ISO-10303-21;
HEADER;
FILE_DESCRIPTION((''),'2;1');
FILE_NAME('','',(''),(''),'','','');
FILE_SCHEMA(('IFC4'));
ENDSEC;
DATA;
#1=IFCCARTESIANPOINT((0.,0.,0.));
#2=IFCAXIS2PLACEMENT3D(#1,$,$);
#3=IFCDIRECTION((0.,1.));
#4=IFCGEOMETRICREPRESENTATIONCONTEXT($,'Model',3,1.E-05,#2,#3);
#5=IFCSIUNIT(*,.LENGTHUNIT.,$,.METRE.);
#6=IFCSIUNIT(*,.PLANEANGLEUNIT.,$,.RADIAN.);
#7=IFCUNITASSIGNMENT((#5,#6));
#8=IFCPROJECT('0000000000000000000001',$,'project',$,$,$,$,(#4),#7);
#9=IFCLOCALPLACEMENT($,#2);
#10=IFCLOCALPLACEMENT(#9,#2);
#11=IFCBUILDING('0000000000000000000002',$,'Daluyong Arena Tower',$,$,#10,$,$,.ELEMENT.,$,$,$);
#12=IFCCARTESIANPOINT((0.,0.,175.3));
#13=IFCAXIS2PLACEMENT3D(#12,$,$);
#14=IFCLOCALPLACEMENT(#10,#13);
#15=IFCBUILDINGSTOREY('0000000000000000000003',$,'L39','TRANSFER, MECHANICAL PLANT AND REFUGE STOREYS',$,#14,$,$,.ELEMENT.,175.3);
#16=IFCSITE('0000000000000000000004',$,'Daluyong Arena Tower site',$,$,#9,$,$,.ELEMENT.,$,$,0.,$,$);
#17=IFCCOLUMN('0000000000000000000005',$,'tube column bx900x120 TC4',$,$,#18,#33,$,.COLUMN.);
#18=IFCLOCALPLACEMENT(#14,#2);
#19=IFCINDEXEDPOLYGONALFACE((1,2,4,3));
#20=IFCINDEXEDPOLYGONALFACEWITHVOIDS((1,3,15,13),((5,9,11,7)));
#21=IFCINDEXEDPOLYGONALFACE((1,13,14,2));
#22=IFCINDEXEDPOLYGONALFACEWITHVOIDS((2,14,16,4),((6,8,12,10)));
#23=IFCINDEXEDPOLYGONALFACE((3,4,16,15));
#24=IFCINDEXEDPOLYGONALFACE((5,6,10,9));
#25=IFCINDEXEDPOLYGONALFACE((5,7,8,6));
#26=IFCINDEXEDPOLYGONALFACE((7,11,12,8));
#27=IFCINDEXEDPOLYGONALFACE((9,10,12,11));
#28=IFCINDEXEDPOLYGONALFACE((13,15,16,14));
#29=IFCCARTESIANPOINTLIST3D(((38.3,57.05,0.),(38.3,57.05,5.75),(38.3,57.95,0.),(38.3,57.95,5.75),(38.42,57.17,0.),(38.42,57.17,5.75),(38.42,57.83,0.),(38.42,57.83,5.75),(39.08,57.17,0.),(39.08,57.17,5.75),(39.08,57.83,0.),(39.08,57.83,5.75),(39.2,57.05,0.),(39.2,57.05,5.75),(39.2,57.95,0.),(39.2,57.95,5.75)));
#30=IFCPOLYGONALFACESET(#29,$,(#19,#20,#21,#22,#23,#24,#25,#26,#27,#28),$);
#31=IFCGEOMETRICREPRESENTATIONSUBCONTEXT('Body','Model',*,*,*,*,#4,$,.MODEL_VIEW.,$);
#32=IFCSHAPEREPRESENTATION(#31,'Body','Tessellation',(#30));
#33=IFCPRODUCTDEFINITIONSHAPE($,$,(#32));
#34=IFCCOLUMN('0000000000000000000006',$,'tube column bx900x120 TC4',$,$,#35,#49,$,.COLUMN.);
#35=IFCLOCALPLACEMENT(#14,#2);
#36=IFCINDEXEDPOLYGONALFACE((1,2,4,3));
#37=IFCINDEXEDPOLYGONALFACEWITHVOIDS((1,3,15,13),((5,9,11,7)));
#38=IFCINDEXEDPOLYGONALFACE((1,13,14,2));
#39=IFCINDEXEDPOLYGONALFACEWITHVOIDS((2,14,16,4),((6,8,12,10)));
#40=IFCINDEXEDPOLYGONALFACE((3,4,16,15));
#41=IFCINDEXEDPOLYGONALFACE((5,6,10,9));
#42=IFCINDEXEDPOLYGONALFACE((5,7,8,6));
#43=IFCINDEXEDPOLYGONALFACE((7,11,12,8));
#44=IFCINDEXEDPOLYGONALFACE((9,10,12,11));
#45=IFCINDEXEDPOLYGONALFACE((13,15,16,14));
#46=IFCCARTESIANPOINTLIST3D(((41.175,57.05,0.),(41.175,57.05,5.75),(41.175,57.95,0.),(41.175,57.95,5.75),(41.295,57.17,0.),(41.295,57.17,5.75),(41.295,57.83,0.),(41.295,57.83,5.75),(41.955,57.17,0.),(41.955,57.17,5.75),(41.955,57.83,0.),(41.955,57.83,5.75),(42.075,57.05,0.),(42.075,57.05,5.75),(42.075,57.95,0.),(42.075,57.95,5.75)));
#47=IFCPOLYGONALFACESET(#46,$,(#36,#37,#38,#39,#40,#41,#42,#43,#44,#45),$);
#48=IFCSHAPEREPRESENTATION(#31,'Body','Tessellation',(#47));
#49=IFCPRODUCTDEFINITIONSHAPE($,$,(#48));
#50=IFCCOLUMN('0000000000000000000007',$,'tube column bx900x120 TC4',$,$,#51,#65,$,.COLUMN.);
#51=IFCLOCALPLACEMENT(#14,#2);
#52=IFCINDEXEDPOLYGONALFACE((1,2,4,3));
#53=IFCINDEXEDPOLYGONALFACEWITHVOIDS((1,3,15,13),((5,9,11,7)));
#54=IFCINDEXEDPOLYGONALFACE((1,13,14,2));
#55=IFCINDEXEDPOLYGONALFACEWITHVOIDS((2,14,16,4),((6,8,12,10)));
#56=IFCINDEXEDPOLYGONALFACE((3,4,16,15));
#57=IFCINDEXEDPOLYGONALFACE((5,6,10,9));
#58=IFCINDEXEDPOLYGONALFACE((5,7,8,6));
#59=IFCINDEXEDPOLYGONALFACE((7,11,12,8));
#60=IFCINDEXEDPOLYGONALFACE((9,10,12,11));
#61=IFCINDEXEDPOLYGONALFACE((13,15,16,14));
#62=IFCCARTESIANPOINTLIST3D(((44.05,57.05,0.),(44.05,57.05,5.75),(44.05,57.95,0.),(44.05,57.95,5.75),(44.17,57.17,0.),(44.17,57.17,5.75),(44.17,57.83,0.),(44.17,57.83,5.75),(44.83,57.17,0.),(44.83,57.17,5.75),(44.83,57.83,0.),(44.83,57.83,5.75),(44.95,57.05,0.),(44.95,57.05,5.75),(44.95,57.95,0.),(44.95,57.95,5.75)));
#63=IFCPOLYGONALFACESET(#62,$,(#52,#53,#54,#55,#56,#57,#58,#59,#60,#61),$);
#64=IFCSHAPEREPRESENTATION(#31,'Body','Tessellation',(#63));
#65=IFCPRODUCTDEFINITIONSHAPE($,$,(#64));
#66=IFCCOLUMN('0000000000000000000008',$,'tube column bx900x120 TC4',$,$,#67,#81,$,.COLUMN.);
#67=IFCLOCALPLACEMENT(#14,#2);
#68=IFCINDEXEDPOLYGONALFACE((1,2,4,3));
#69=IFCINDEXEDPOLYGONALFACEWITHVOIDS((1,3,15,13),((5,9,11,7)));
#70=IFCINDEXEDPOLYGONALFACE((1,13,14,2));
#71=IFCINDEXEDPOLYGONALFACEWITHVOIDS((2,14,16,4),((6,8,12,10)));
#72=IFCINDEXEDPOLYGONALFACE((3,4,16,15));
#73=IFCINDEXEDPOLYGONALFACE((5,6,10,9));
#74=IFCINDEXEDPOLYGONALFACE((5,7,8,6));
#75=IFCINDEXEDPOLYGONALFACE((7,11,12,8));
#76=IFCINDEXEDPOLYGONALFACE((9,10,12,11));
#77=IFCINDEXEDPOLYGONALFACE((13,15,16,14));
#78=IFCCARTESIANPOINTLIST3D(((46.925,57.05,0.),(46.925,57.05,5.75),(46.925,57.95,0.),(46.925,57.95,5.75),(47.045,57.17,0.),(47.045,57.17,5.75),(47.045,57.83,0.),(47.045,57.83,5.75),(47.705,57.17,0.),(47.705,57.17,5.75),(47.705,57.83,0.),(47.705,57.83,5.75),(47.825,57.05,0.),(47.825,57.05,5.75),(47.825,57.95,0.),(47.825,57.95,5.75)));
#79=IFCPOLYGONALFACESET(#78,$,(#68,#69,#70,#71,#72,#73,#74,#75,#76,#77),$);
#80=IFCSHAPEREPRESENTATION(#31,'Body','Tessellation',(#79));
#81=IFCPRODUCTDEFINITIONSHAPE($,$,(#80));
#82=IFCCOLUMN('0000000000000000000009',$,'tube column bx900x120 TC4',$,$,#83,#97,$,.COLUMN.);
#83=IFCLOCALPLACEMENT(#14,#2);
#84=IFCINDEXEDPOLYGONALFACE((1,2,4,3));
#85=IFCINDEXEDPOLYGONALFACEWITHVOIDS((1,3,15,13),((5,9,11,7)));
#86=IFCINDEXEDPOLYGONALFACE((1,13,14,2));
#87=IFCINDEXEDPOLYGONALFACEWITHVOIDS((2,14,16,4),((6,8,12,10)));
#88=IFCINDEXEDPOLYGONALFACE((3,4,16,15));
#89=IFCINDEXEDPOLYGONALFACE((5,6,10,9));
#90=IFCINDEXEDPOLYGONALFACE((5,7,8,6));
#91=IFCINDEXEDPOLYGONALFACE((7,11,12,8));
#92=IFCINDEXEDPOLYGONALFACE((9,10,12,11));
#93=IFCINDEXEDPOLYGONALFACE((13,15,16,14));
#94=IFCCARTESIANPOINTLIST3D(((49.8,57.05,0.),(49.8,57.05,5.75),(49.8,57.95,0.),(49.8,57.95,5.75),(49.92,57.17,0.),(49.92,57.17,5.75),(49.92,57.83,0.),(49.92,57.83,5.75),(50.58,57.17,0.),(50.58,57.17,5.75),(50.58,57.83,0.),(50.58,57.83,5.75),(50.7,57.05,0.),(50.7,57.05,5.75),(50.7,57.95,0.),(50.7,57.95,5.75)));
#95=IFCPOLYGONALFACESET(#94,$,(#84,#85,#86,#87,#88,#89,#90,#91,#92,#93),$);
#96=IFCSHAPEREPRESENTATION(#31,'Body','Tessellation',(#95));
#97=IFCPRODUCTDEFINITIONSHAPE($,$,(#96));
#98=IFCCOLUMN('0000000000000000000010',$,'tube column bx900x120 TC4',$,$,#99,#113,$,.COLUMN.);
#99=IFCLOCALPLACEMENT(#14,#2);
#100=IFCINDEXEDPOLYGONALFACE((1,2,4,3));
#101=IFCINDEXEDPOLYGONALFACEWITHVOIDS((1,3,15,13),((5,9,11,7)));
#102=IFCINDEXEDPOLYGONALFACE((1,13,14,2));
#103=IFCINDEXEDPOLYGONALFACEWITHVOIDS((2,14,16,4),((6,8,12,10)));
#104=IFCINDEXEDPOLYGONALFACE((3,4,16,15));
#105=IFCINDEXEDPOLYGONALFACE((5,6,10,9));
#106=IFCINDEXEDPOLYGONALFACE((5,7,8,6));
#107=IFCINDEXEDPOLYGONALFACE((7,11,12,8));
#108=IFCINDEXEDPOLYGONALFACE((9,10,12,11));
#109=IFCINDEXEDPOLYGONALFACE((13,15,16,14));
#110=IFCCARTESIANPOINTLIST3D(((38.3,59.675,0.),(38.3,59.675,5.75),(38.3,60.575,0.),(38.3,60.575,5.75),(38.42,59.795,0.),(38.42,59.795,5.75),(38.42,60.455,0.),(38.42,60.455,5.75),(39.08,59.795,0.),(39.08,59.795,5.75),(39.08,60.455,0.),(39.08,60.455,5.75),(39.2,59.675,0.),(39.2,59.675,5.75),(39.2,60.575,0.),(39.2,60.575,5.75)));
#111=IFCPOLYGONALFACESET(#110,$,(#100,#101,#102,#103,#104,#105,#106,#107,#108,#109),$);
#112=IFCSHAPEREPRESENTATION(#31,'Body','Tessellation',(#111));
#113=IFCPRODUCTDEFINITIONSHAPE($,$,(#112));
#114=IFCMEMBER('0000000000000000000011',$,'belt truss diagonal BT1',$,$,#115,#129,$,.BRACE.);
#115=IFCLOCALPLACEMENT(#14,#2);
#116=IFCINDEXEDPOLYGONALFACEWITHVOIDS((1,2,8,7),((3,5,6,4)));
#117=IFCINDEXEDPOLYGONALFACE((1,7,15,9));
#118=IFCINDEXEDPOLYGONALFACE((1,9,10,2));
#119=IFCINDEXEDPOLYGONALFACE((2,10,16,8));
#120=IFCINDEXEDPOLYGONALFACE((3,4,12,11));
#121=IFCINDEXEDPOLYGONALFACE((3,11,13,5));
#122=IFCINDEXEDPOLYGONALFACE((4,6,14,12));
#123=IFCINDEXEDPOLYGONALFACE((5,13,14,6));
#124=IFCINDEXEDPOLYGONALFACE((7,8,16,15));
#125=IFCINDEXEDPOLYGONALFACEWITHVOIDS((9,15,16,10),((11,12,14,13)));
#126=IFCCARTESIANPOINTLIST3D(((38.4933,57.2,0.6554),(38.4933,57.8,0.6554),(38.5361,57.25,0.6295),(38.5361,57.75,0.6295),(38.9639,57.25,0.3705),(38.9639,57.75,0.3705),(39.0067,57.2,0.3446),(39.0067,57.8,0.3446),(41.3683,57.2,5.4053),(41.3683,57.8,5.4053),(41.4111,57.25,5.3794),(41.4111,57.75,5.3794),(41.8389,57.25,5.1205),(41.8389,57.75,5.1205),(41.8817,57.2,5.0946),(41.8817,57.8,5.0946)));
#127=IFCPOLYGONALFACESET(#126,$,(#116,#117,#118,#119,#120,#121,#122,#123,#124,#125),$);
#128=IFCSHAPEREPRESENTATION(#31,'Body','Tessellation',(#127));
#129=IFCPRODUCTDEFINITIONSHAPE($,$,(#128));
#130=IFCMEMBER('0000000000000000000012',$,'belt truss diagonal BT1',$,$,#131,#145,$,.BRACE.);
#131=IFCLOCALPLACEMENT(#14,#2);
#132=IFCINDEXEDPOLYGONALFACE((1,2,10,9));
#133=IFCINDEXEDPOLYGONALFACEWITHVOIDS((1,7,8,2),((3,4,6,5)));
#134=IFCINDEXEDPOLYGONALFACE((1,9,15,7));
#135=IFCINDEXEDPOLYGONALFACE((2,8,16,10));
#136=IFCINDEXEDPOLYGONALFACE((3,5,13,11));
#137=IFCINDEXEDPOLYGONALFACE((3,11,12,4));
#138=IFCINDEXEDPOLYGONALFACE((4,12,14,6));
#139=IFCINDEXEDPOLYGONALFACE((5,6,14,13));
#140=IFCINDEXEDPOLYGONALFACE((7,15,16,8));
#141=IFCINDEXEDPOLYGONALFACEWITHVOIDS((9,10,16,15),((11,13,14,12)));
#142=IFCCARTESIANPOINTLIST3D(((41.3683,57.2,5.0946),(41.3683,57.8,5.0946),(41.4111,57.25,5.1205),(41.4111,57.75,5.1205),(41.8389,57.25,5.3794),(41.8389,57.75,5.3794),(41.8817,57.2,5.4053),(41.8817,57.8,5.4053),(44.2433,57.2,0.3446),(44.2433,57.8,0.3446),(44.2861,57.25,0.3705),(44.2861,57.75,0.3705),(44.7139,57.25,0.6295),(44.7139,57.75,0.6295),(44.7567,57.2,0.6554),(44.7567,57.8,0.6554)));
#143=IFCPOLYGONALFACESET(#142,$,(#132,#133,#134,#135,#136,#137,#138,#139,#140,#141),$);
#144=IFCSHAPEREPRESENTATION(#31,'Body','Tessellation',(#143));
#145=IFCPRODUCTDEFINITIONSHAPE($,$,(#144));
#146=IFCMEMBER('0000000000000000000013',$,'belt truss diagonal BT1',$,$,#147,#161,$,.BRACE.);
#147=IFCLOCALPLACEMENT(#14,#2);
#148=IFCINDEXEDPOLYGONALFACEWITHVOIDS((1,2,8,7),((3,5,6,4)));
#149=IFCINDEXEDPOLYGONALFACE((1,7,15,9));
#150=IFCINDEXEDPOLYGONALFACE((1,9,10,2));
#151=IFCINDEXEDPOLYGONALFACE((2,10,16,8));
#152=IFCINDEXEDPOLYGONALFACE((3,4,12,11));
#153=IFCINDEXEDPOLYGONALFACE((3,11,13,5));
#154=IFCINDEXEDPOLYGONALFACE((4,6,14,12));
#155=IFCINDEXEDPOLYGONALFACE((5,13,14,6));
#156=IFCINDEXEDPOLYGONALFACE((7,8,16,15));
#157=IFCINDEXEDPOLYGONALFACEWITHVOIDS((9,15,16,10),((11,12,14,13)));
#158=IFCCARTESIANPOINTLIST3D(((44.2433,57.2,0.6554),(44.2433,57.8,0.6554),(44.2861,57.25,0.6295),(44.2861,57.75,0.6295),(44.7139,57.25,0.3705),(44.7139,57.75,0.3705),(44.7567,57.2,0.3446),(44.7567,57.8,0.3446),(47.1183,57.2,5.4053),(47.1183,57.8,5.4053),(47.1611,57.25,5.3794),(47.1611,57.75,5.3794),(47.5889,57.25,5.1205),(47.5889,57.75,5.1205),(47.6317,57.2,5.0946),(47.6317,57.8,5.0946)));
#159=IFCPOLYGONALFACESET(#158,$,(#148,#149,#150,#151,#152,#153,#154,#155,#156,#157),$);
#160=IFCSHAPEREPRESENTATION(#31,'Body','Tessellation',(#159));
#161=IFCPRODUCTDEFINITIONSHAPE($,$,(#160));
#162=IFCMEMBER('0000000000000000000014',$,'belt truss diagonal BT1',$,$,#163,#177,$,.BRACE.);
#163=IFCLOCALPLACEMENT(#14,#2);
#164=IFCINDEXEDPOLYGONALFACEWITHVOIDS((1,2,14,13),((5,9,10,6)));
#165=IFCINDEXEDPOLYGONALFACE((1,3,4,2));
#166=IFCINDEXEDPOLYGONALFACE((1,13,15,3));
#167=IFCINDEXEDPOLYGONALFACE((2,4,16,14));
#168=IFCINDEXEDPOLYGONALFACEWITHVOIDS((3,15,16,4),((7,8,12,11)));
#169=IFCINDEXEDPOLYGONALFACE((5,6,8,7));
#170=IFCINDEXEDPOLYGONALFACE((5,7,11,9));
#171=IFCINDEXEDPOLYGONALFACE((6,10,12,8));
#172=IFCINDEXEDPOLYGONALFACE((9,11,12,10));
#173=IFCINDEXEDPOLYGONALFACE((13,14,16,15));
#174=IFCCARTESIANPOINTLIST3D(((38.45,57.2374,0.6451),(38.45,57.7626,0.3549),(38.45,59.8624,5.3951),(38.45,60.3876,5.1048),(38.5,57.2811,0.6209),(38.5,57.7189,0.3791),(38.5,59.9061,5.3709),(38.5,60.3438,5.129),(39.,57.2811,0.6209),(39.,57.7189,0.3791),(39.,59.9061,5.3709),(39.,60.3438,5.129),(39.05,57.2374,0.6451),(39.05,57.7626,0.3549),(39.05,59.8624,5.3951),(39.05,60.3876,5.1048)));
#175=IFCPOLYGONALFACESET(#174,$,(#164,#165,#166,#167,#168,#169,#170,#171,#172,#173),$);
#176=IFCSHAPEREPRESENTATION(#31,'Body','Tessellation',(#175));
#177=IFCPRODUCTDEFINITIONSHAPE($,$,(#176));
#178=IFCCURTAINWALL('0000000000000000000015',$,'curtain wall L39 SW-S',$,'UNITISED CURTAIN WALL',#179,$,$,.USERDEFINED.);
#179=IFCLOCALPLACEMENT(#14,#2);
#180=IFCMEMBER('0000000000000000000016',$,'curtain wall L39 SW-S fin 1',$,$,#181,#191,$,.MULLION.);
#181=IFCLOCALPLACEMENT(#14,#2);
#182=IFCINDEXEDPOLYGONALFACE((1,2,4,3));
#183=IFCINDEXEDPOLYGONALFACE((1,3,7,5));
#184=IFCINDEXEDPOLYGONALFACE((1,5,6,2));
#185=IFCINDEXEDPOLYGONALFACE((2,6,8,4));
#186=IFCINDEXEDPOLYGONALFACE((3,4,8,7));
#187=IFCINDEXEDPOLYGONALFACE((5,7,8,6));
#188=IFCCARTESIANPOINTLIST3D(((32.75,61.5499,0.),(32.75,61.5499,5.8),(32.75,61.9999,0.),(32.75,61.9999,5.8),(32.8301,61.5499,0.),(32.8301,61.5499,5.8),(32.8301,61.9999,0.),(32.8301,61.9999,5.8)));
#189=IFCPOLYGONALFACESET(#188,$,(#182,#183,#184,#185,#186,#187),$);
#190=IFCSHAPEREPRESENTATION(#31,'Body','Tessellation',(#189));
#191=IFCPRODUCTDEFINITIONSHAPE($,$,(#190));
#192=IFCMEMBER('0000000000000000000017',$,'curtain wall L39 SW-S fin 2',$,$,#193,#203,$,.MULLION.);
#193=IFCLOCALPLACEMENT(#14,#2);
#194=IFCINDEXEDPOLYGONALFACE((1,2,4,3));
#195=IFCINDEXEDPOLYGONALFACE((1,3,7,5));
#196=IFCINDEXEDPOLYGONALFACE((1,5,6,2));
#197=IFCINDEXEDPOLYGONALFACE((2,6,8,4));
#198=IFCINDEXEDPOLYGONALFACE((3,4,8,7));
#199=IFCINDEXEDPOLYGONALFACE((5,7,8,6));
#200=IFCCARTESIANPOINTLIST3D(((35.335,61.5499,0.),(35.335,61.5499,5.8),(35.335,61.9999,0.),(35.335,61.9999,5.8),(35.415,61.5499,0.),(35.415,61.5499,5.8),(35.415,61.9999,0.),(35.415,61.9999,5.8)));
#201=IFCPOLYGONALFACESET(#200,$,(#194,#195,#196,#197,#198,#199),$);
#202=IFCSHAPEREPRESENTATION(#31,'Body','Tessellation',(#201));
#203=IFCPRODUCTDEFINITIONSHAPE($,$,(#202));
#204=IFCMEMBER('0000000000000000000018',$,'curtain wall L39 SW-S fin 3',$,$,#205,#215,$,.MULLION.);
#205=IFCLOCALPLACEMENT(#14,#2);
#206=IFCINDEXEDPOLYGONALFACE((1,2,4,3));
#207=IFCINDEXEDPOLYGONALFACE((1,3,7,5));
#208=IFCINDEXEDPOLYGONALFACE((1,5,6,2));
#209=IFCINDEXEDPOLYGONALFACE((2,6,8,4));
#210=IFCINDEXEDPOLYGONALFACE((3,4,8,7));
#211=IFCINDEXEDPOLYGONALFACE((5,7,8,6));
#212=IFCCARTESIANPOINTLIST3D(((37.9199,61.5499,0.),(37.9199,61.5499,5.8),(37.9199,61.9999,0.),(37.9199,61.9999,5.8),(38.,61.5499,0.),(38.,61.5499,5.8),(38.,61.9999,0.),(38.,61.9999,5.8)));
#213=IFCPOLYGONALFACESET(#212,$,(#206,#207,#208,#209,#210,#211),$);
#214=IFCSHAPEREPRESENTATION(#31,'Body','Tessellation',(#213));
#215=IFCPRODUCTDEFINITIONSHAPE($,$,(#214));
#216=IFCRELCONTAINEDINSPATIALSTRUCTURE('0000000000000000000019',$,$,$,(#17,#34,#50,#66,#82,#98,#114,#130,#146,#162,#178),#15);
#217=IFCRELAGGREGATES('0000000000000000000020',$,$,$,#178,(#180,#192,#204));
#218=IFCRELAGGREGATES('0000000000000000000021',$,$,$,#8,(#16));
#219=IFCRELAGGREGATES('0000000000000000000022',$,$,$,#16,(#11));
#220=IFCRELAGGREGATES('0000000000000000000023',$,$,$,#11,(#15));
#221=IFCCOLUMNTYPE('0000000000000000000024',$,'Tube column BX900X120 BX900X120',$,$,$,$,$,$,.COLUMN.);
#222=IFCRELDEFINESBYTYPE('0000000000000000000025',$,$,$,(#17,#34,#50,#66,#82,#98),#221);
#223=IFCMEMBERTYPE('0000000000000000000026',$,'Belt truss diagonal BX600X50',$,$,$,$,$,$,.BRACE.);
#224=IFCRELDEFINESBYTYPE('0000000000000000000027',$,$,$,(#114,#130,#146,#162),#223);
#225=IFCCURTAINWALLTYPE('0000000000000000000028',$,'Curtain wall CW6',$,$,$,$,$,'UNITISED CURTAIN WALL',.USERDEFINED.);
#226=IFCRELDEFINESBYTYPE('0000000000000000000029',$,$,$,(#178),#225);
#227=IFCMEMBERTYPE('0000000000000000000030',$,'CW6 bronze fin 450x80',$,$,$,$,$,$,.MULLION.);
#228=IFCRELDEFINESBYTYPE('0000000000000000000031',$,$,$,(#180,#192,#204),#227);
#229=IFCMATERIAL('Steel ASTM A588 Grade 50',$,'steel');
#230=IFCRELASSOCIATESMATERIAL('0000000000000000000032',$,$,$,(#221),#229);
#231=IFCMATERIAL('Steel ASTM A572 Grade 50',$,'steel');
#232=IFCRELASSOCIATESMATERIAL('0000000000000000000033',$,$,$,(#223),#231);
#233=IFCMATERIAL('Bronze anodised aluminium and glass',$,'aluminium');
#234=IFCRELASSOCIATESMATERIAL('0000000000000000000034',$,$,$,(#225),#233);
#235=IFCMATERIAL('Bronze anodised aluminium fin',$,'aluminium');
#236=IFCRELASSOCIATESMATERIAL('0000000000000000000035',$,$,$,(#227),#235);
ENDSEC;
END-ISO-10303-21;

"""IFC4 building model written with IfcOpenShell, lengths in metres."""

from ifc_helpers import new_model, si_unit, direction, frame, origin, origin_2d, place, context, subcontext, project, spatial, rectangle, hollow_rectangle, extrude, material, material_profile, profile_set, type_object, element, aggregate, save


model = new_model("IFC4")

# Units and contexts
model_context = context("Model", 3, precision=1e-05, world=origin(), true_north=direction((0.0, 1.0)))
body_context = subcontext(model_context, "Body", "Model", "MODEL_VIEW")
ifc_project = project(units=[si_unit("LENGTHUNIT", "METRE"), si_unit("PLANEANGLEUNIT", "RADIAN")], contexts=[model_context])

# Site, building, storey
site_placement = place(None, origin())
site = spatial("IfcSite", under=ifc_project, at=site_placement, Name="Daluyong Arena Tower site", CompositionType="ELEMENT", RefElevation=0.0)
building_placement = place(site_placement, origin())
building = spatial("IfcBuilding", under=site, at=building_placement, Name="Daluyong Arena Tower", CompositionType="ELEMENT")
storey_placement = place(building_placement, frame((0.0, 0.0, 175.3)))
storey = spatial("IfcBuildingStorey", under=building, at=storey_placement, Name="L39", Description="TRANSFER, MECHANICAL PLANT AND REFUGE STOREYS", CompositionType="ELEMENT", Elevation=175.3)

# Columns
ifc_material_1 = material(Name="Steel ASTM A588 Grade 50", Category="steel")
ifc_material_profile_1 = material_profile(ifc_material_1, hollow_rectangle(XDim=0.8999, YDim=0.8999, WallThickness=0.12, at=origin_2d()))
ifc_profile_set_1 = profile_set([ifc_material_profile_1], Name="Steel ASTM A588 Grade 50")
column_type = type_object("IfcColumnType", Name="Tube column BX900X120 BX900X120", PredefinedType="COLUMN", material=ifc_profile_set_1)
for number, where, z_axis, x_axis, name in (
    (1, (38.75, 57.5, 0.0), (0.0, 0.0, 1.0), (1.0, 0.0, 0.0), "tube column bx900x120 TC4"),
    (2, (41.625, 57.5, 0.0), (0.0, 0.0, 1.0), (1.0, 0.0, 0.0), "tube column bx900x120 TC4"),
    (3, (44.5, 57.5, 0.0), (0.0, 0.0, 1.0), (1.0, 0.0, 0.0), "tube column bx900x120 TC4"),
    (4, (47.375, 57.5, 0.0), (0.0, 0.0, 1.0), (1.0, 0.0, 0.0), "tube column bx900x120 TC4"),
    (5, (50.25, 57.5, 0.0), (0.0, 0.0, 1.0), (1.0, 0.0, 0.0), "tube column bx900x120 TC4"),
    (6, (38.75, 60.125, 0.0), (0.0, 0.0, 1.0), (0.0, 1.0, 0.0), "tube column bx900x120 TC4"),
):
    element("IfcColumn", number, at=place(storey_placement, frame(where, z_axis=z_axis, x_axis=x_axis)), inside=storey, type_object=column_type, Name=name, PredefinedType="COLUMN", context=body_context, shape_type="SweptSolid", body=[
        extrude(hollow_rectangle(XDim=0.8999, YDim=0.8999, WallThickness=0.12, at=origin_2d()), origin(), (0.0, 0.0, 1.0), 5.75),
    ])

# Members
ifc_material_2 = material(Name="Steel ASTM A572 Grade 50", Category="steel")
ifc_material_profile_2 = material_profile(ifc_material_2, hollow_rectangle(XDim=0.6001, YDim=0.6001, WallThickness=0.05, at=origin_2d()))
ifc_profile_set_2 = profile_set([ifc_material_profile_2], Name="Steel ASTM A572 Grade 50")
member_type_1 = type_object("IfcMemberType", Name="Belt truss diagonal BX600X50", PredefinedType="BRACE", material=ifc_profile_set_2)
for number, where, z_axis, x_axis, name in (
    (7, (38.75, 57.5, 0.5), (0.517803, 0.0, 0.8555), (0.0, 1.0, 0.0), "belt truss diagonal BT1"),
    (8, (44.5, 57.5, 0.5), (-0.517803, 0.0, 0.8555), (0.0, -1.0, 0.0), "belt truss diagonal BT1"),
    (9, (44.5, 57.5, 0.5), (0.517803, 0.0, 0.8555), (0.0, 1.0, 0.0), "belt truss diagonal BT1"),
):
    element("IfcMember", number, at=place(storey_placement, frame(where, z_axis=z_axis, x_axis=x_axis)), inside=storey, type_object=member_type_1, Name=name, PredefinedType="BRACE", context=body_context, shape_type="SweptSolid", body=[
        extrude(hollow_rectangle(XDim=0.6001, YDim=0.6001, WallThickness=0.05, at=origin_2d()), origin(), (0.0, 0.0, 1.0), 5.5522),
    ])
member_1_placement = place(storey_placement, frame((38.75, 57.5, 0.5), z_axis=(0.0, 0.483686, 0.875242), x_axis=(-1.0, 0.0, 0.0)))
element("IfcMember", 10, at=member_1_placement, inside=storey, type_object=member_type_1, Name="belt truss diagonal BT1", PredefinedType="BRACE", context=body_context, shape_type="SweptSolid", body=[
    extrude(hollow_rectangle(XDim=0.6001, YDim=0.6001, WallThickness=0.05, at=origin_2d()), origin(), (0.0, 0.0, 1.0), 5.427),
])

# Curtain wall, members
ifc_material_3 = material(Name="Bronze anodised aluminium and glass", Category="aluminium")
curtain_wall_type = type_object("IfcCurtainWallType", Name="Curtain wall CW6", ElementType="UNITISED CURTAIN WALL", PredefinedType="USERDEFINED", material=ifc_material_3)
curtain_wall_1_placement = place(storey_placement, origin())
curtain_wall_1 = element("IfcCurtainWall", 11, at=curtain_wall_1_placement, inside=storey, type_object=curtain_wall_type, Name="curtain wall L39 SW-S", ObjectType="UNITISED CURTAIN WALL", PredefinedType="USERDEFINED")
ifc_material_4 = material(Name="Bronze anodised aluminium fin", Category="aluminium")
ifc_material_profile_3 = material_profile(ifc_material_4, rectangle(XDim=0.45, YDim=0.0801, at=origin_2d()))
ifc_profile_set_3 = profile_set([ifc_material_profile_3], Name="Bronze anodised aluminium fin")
member_type_2 = type_object("IfcMemberType", Name="CW6 bronze fin 450x80", PredefinedType="MULLION", material=ifc_profile_set_3)
member_2_placement = place(storey_placement, frame((32.79, 61.7749, 0.0), z_axis=(0.0, 0.0, 1.0), x_axis=(0.0, 1.0, 0.0)))
member_2 = element("IfcMember", 12, at=member_2_placement, type_object=member_type_2, Name="curtain wall L39 SW-S fin 1", PredefinedType="MULLION", context=body_context, shape_type="SweptSolid", body=[
    extrude(rectangle(XDim=0.45, YDim=0.0801, at=origin_2d()), origin(), (0.0, 0.0, 1.0), 5.8),
])
member_3_placement = place(storey_placement, frame((35.375, 61.7749, 0.0), z_axis=(0.0, 0.0, 1.0), x_axis=(0.0, 1.0, 0.0)))
member_3 = element("IfcMember", 13, at=member_3_placement, type_object=member_type_2, Name="curtain wall L39 SW-S fin 2", PredefinedType="MULLION", context=body_context, shape_type="SweptSolid", body=[
    extrude(rectangle(XDim=0.45, YDim=0.0801, at=origin_2d()), origin(), (0.0, 0.0, 1.0), 5.8),
])
member_4_placement = place(storey_placement, frame((37.96, 61.7749, 0.0), z_axis=(0.0, 0.0, 1.0), x_axis=(0.0, 1.0, 0.0)))
member_4 = element("IfcMember", 14, at=member_4_placement, type_object=member_type_2, Name="curtain wall L39 SW-S fin 3", PredefinedType="MULLION", context=body_context, shape_type="SweptSolid", body=[
    extrude(rectangle(XDim=0.45, YDim=0.0801, at=origin_2d()), origin(), (0.0, 0.0, 1.0), 5.8),
])

aggregate(curtain_wall_1, [member_2, member_3, member_4])

save(model, "model.ifc")
